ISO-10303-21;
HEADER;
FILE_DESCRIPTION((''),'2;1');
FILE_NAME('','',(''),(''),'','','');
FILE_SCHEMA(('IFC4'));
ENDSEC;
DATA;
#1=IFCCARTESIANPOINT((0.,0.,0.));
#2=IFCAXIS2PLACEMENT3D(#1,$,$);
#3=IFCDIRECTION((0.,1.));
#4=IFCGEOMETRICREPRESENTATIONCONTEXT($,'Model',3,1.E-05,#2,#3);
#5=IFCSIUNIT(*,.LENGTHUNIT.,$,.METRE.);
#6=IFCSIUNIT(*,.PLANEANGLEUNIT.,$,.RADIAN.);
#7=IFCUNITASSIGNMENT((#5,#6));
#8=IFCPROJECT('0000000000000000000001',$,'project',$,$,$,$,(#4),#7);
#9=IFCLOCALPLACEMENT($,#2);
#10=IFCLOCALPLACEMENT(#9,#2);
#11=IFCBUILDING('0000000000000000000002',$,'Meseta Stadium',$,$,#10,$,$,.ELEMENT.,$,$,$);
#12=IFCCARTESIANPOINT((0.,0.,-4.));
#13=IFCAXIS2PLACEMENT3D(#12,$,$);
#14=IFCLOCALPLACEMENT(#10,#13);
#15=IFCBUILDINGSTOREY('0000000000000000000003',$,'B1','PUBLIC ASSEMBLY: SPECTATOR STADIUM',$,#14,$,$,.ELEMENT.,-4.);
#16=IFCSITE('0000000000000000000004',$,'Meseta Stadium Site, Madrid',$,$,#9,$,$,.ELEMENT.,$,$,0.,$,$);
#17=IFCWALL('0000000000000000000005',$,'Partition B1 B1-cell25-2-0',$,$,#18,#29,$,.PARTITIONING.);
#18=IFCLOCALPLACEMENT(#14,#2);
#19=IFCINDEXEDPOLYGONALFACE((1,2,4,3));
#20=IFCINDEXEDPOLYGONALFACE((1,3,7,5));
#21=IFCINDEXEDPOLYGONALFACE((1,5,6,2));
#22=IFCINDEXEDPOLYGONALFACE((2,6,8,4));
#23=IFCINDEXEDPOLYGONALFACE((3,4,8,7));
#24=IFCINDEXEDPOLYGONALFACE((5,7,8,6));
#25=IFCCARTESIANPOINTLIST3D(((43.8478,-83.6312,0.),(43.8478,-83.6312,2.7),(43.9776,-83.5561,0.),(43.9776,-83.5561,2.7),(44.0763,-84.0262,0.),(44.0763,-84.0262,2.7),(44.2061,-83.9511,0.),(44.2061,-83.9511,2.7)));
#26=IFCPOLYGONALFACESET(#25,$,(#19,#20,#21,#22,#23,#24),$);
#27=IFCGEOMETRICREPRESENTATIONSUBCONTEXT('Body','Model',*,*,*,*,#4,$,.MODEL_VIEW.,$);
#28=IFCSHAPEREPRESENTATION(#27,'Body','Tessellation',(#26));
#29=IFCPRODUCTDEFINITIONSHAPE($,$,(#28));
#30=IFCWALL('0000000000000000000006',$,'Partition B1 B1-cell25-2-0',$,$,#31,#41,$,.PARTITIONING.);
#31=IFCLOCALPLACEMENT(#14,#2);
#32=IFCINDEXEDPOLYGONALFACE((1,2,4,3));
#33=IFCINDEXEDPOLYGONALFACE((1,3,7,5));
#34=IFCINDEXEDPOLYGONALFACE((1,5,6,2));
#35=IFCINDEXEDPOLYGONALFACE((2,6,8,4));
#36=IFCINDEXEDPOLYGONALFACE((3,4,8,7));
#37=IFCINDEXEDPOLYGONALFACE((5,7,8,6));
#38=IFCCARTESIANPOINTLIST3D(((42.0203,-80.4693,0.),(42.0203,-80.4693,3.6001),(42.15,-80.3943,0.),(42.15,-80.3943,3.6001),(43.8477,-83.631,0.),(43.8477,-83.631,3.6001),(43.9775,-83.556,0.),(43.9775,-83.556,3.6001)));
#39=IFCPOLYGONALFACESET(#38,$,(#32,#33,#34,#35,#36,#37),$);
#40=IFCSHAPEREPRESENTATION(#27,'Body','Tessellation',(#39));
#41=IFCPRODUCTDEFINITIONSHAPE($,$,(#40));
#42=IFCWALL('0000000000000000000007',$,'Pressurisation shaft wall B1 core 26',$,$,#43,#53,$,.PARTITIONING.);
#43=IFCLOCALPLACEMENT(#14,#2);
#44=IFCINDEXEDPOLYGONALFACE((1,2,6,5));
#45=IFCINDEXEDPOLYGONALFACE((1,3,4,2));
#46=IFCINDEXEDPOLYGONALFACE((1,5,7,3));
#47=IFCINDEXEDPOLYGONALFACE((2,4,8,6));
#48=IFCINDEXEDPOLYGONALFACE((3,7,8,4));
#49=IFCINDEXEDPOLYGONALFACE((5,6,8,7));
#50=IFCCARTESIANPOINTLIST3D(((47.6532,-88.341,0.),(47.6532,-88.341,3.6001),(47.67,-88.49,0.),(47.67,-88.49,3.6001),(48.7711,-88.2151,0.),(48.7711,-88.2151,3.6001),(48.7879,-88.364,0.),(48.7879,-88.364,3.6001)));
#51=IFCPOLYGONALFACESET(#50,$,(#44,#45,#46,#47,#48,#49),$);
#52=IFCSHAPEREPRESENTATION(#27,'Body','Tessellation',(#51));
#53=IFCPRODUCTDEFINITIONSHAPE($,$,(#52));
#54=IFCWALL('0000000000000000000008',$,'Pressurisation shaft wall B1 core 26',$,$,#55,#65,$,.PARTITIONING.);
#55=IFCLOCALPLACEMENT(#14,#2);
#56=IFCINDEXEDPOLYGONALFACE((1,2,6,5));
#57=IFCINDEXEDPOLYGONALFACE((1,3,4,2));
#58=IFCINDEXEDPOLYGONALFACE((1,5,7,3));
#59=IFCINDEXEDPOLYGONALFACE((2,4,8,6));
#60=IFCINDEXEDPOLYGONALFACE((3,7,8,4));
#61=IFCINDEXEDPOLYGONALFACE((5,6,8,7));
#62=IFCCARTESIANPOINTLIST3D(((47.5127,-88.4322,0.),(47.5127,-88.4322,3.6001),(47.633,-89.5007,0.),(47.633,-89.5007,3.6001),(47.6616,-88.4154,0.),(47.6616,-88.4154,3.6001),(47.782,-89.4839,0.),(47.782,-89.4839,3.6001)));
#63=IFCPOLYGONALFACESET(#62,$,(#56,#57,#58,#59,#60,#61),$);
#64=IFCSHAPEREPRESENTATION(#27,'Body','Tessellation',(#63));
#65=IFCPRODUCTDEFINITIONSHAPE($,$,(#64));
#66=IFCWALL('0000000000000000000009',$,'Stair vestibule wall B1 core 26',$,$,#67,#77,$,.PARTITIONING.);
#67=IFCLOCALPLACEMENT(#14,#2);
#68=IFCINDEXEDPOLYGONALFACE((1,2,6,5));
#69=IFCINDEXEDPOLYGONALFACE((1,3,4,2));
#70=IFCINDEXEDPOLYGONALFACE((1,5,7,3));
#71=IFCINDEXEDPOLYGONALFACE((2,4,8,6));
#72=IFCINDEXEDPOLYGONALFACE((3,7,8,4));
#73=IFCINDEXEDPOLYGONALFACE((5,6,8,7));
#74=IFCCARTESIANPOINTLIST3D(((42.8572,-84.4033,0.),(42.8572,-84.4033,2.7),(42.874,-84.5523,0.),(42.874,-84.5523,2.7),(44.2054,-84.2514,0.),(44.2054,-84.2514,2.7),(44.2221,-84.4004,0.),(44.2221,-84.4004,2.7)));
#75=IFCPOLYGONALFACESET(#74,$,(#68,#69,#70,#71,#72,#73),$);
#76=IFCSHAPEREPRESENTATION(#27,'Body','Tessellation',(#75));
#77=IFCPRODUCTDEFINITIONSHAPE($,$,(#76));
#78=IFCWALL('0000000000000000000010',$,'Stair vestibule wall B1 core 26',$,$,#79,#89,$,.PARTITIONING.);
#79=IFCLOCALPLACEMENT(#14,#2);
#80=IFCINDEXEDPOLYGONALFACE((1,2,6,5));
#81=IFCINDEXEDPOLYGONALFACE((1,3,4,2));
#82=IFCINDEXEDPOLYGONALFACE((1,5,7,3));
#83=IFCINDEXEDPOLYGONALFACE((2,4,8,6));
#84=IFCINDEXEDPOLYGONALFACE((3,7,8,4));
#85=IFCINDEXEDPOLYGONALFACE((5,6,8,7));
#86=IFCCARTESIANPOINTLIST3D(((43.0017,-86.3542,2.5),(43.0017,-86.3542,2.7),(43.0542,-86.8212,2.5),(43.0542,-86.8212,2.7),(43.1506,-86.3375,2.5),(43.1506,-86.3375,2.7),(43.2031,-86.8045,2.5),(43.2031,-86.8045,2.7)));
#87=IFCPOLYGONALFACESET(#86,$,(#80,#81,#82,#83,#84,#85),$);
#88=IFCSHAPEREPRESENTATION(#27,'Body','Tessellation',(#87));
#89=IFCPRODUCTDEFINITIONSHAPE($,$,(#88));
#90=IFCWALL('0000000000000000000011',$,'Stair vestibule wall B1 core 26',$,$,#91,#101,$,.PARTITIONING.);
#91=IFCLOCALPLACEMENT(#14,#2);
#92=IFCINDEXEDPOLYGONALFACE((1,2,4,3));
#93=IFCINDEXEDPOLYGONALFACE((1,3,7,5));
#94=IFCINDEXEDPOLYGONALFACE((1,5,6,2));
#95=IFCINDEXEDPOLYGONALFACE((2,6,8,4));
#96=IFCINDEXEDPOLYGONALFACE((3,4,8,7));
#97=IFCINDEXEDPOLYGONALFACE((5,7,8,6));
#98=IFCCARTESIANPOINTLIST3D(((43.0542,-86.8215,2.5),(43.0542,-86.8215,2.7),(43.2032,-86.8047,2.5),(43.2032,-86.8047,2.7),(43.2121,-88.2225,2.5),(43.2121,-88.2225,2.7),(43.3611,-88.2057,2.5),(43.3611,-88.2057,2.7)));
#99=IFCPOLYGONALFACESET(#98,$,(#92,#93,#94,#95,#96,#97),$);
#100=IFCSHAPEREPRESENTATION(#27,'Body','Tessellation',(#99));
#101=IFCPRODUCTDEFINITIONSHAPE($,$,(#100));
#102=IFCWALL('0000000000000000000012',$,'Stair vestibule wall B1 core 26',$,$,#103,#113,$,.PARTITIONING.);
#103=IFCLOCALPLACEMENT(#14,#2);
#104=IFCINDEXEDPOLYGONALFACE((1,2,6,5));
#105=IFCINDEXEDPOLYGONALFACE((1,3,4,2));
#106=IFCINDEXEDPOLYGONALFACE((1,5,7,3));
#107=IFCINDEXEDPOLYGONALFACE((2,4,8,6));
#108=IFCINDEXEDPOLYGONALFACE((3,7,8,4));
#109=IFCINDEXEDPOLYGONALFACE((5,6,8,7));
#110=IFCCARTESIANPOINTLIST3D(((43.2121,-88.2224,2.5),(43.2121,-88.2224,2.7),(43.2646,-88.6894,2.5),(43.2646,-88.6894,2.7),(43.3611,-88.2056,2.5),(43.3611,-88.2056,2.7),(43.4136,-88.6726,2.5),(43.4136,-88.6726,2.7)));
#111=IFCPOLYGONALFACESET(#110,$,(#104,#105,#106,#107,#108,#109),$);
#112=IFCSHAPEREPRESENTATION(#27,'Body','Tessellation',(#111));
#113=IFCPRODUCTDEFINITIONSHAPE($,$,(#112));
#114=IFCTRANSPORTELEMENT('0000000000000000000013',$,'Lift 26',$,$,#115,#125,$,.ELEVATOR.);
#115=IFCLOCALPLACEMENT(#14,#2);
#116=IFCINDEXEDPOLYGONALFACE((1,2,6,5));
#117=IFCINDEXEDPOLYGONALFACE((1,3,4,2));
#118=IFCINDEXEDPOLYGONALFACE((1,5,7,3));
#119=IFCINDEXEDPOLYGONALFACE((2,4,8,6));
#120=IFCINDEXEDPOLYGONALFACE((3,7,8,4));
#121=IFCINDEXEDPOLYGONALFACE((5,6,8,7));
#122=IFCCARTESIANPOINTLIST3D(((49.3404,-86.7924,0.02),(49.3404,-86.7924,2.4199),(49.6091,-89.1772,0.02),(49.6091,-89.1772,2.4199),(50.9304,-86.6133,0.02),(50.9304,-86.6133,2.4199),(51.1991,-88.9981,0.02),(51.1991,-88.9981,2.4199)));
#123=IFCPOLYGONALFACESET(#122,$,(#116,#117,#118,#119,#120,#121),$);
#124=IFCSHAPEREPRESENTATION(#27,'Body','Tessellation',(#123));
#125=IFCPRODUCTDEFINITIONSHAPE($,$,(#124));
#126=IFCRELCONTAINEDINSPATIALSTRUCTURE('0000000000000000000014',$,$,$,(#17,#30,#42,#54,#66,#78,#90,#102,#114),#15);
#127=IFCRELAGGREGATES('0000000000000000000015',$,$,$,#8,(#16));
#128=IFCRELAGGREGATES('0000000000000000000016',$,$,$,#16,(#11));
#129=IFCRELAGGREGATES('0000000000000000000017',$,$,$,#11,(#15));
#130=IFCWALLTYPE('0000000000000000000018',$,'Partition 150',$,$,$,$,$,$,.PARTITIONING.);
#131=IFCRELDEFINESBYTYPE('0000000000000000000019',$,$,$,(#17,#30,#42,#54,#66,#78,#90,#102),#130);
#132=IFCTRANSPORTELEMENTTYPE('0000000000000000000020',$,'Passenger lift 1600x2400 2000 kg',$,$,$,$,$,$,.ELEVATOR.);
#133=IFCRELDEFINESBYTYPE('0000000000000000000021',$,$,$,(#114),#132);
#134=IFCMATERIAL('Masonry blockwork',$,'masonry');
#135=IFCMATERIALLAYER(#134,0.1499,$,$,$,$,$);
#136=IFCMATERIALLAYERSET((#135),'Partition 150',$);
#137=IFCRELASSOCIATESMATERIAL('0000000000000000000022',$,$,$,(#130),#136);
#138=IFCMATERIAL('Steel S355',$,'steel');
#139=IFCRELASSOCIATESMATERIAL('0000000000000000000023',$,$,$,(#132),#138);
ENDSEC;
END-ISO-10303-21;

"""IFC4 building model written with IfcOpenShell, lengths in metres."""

from ifc_helpers import new_model, si_unit, direction, frame, frame_2d, origin, origin_2d, place, context, subcontext, project, spatial, rectangle, extrude, material, layer, layer_set, type_object, element, save


model = new_model("IFC4")

# Units and contexts
model_context = context("Model", 3, precision=1e-05, world=origin(), true_north=direction((0.0, 1.0)))
body_context = subcontext(model_context, "Body", "Model", "MODEL_VIEW")
ifc_project = project(units=[si_unit("LENGTHUNIT", "METRE"), si_unit("PLANEANGLEUNIT", "RADIAN")], contexts=[model_context])

# Site, building, storey
site_placement = place(None, origin())
site = spatial("IfcSite", under=ifc_project, at=site_placement, Name="Meseta Stadium Site, Madrid", CompositionType="ELEMENT", RefElevation=0.0)
building_placement = place(site_placement, origin())
building = spatial("IfcBuilding", under=site, at=building_placement, Name="Meseta Stadium", CompositionType="ELEMENT")
storey_placement = place(building_placement, frame((0.0, 0.0, -4.0)))
storey = spatial("IfcBuildingStorey", under=building, at=storey_placement, Name="B1", Description="PUBLIC ASSEMBLY: SPECTATOR STADIUM", CompositionType="ELEMENT", Elevation=-4.0)

# Walls
ifc_material_1 = material(Name="Masonry blockwork", Category="masonry")
ifc_layer_1 = layer(ifc_material_1, 0.1499)
ifc_layer_set_1 = layer_set([ifc_layer_1], Name="Partition 150")
wall_type_1 = type_object("IfcWallType", Name="Partition 150", PredefinedType="PARTITIONING", material=ifc_layer_set_1)
wall_1_placement = place(storey_placement, frame((44.1411, -83.9885, 0.0), z_axis=(0.0, 0.0, 1.0), x_axis=(-0.500741, 0.865597, 0.0)))
element("IfcWall", 1, at=wall_1_placement, inside=storey, type_object=wall_type_1, Name="Partition B1 B1-cell25-2-0", PredefinedType="PARTITIONING", context=body_context, shape_type="SweptSolid", body=[
    extrude(rectangle(XDim=0.4563, YDim=0.1499, at=frame_2d((0.228, 0.0))), origin(), (0.0, 0.0, 1.0), 2.7),
])
wall_2_placement = place(storey_placement, frame((43.9126, -83.5935, 0.0), z_axis=(0.0, 0.0, 1.0), x_axis=(-0.500417, 0.865785, 0.0)))
element("IfcWall", 2, at=wall_2_placement, inside=storey, type_object=wall_type_1, Name="Partition B1 B1-cell25-2-0", PredefinedType="PARTITIONING", context=body_context, shape_type="SweptSolid", body=[
    extrude(rectangle(XDim=3.6519, YDim=0.1499, at=frame_2d((1.8259, 0.0))), origin(), (0.0, 0.0, 1.0), 3.6001),
])
wall_3_placement = place(storey_placement, frame((48.7795, -88.2896, 0.0), z_axis=(0.0, 0.0, 1.0), x_axis=(-0.993711, -0.11198, 0.0)))
element("IfcWall", 3, at=wall_3_placement, inside=storey, type_object=wall_type_1, Name="Pressurisation shaft wall B1 core 26", PredefinedType="PARTITIONING", context=body_context, shape_type="SweptSolid", body=[
    extrude(rectangle(XDim=1.125, YDim=0.1499, at=frame_2d((0.5625, 0.0))), origin(), (0.0, 0.0, 1.0), 3.6001),
])
wall_4_placement = place(storey_placement, frame((47.5872, -88.4238, 0.0), z_axis=(0.0, 0.0, 1.0), x_axis=(0.111952, -0.993714, 0.0)))
element("IfcWall", 4, at=wall_4_placement, inside=storey, type_object=wall_type_1, Name="Pressurisation shaft wall B1 core 26", PredefinedType="PARTITIONING", context=body_context, shape_type="SweptSolid", body=[
    extrude(rectangle(XDim=1.0752, YDim=0.1499, at=frame_2d((0.5376, 0.0))), origin(), (0.0, 0.0, 1.0), 3.6001),
])
wall_5_placement = place(storey_placement, frame((44.2136, -84.3259, 0.0), z_axis=(0.0, 0.0, 1.0), x_axis=(-0.993716, -0.111932, 0.0)))
element("IfcWall", 5, at=wall_5_placement, inside=storey, type_object=wall_type_1, Name="Stair vestibule wall B1 core 26", PredefinedType="PARTITIONING", context=body_context, shape_type="SweptSolid", body=[
    extrude(rectangle(XDim=1.3567, YDim=0.1499, at=frame_2d((0.6782, 0.0))), origin(), (0.0, 0.0, 1.0), 2.7),
])
wall_6_placement = place(storey_placement, frame((43.0762, -86.3459, 2.5), z_axis=(0.0, 0.0, 1.0), x_axis=(0.111686, -0.993744, 0.0)))
element("IfcWall", 6, at=wall_6_placement, inside=storey, type_object=wall_type_1, Name="Stair vestibule wall B1 core 26", PredefinedType="PARTITIONING", context=body_context, shape_type="SweptSolid", body=[
    extrude(rectangle(XDim=0.47, YDim=0.1499, at=frame_2d((0.2349, 0.0))), origin(), (0.0, 0.0, 1.0), 0.2),
])
wall_7_placement = place(storey_placement, frame((43.1287, -86.813, 2.5), z_axis=(0.0, 0.0, 1.0), x_axis=(0.112028, -0.993705, 0.0)))
element("IfcWall", 7, at=wall_7_placement, inside=storey, type_object=wall_type_1, Name="Stair vestibule wall B1 core 26", PredefinedType="PARTITIONING", context=body_context, shape_type="SweptSolid", body=[
    extrude(rectangle(XDim=1.4099, YDim=0.1499, at=frame_2d((0.7051, 0.0))), origin(), (0.0, 0.0, 1.0), 0.2),
])
wall_8_placement = place(storey_placement, frame((43.2866, -88.2141, 2.5), z_axis=(0.0, 0.0, 1.0), x_axis=(0.111686, -0.993744, 0.0)))
element("IfcWall", 8, at=wall_8_placement, inside=storey, type_object=wall_type_1, Name="Stair vestibule wall B1 core 26", PredefinedType="PARTITIONING", context=body_context, shape_type="SweptSolid", body=[
    extrude(rectangle(XDim=0.47, YDim=0.1499, at=frame_2d((0.2349, 0.0))), origin(), (0.0, 0.0, 1.0), 0.2),
])

# Transport element
ifc_material_2 = material(Name="Steel S355", Category="steel")
transport_element_type = type_object("IfcTransportElementType", Name="Passenger lift 1600x2400 2000 kg", PredefinedType="ELEVATOR", material=ifc_material_2)
transport_element_placement = place(storey_placement, frame((50.2698, -87.8953, 0.02), z_axis=(0.0, 0.0, 1.0), x_axis=(-0.111965, 0.993712, 0.0)))
element("IfcTransportElement", 9, at=transport_element_placement, inside=storey, type_object=transport_element_type, Name="Lift 26", PredefinedType="ELEVATOR", context=body_context, shape_type="SweptSolid", body=[
    extrude(rectangle(XDim=2.3999, YDim=1.6001, at=origin_2d()), origin(), (0.0, 0.0, 1.0), 2.3999),
])

save(model, "model.ifc")
